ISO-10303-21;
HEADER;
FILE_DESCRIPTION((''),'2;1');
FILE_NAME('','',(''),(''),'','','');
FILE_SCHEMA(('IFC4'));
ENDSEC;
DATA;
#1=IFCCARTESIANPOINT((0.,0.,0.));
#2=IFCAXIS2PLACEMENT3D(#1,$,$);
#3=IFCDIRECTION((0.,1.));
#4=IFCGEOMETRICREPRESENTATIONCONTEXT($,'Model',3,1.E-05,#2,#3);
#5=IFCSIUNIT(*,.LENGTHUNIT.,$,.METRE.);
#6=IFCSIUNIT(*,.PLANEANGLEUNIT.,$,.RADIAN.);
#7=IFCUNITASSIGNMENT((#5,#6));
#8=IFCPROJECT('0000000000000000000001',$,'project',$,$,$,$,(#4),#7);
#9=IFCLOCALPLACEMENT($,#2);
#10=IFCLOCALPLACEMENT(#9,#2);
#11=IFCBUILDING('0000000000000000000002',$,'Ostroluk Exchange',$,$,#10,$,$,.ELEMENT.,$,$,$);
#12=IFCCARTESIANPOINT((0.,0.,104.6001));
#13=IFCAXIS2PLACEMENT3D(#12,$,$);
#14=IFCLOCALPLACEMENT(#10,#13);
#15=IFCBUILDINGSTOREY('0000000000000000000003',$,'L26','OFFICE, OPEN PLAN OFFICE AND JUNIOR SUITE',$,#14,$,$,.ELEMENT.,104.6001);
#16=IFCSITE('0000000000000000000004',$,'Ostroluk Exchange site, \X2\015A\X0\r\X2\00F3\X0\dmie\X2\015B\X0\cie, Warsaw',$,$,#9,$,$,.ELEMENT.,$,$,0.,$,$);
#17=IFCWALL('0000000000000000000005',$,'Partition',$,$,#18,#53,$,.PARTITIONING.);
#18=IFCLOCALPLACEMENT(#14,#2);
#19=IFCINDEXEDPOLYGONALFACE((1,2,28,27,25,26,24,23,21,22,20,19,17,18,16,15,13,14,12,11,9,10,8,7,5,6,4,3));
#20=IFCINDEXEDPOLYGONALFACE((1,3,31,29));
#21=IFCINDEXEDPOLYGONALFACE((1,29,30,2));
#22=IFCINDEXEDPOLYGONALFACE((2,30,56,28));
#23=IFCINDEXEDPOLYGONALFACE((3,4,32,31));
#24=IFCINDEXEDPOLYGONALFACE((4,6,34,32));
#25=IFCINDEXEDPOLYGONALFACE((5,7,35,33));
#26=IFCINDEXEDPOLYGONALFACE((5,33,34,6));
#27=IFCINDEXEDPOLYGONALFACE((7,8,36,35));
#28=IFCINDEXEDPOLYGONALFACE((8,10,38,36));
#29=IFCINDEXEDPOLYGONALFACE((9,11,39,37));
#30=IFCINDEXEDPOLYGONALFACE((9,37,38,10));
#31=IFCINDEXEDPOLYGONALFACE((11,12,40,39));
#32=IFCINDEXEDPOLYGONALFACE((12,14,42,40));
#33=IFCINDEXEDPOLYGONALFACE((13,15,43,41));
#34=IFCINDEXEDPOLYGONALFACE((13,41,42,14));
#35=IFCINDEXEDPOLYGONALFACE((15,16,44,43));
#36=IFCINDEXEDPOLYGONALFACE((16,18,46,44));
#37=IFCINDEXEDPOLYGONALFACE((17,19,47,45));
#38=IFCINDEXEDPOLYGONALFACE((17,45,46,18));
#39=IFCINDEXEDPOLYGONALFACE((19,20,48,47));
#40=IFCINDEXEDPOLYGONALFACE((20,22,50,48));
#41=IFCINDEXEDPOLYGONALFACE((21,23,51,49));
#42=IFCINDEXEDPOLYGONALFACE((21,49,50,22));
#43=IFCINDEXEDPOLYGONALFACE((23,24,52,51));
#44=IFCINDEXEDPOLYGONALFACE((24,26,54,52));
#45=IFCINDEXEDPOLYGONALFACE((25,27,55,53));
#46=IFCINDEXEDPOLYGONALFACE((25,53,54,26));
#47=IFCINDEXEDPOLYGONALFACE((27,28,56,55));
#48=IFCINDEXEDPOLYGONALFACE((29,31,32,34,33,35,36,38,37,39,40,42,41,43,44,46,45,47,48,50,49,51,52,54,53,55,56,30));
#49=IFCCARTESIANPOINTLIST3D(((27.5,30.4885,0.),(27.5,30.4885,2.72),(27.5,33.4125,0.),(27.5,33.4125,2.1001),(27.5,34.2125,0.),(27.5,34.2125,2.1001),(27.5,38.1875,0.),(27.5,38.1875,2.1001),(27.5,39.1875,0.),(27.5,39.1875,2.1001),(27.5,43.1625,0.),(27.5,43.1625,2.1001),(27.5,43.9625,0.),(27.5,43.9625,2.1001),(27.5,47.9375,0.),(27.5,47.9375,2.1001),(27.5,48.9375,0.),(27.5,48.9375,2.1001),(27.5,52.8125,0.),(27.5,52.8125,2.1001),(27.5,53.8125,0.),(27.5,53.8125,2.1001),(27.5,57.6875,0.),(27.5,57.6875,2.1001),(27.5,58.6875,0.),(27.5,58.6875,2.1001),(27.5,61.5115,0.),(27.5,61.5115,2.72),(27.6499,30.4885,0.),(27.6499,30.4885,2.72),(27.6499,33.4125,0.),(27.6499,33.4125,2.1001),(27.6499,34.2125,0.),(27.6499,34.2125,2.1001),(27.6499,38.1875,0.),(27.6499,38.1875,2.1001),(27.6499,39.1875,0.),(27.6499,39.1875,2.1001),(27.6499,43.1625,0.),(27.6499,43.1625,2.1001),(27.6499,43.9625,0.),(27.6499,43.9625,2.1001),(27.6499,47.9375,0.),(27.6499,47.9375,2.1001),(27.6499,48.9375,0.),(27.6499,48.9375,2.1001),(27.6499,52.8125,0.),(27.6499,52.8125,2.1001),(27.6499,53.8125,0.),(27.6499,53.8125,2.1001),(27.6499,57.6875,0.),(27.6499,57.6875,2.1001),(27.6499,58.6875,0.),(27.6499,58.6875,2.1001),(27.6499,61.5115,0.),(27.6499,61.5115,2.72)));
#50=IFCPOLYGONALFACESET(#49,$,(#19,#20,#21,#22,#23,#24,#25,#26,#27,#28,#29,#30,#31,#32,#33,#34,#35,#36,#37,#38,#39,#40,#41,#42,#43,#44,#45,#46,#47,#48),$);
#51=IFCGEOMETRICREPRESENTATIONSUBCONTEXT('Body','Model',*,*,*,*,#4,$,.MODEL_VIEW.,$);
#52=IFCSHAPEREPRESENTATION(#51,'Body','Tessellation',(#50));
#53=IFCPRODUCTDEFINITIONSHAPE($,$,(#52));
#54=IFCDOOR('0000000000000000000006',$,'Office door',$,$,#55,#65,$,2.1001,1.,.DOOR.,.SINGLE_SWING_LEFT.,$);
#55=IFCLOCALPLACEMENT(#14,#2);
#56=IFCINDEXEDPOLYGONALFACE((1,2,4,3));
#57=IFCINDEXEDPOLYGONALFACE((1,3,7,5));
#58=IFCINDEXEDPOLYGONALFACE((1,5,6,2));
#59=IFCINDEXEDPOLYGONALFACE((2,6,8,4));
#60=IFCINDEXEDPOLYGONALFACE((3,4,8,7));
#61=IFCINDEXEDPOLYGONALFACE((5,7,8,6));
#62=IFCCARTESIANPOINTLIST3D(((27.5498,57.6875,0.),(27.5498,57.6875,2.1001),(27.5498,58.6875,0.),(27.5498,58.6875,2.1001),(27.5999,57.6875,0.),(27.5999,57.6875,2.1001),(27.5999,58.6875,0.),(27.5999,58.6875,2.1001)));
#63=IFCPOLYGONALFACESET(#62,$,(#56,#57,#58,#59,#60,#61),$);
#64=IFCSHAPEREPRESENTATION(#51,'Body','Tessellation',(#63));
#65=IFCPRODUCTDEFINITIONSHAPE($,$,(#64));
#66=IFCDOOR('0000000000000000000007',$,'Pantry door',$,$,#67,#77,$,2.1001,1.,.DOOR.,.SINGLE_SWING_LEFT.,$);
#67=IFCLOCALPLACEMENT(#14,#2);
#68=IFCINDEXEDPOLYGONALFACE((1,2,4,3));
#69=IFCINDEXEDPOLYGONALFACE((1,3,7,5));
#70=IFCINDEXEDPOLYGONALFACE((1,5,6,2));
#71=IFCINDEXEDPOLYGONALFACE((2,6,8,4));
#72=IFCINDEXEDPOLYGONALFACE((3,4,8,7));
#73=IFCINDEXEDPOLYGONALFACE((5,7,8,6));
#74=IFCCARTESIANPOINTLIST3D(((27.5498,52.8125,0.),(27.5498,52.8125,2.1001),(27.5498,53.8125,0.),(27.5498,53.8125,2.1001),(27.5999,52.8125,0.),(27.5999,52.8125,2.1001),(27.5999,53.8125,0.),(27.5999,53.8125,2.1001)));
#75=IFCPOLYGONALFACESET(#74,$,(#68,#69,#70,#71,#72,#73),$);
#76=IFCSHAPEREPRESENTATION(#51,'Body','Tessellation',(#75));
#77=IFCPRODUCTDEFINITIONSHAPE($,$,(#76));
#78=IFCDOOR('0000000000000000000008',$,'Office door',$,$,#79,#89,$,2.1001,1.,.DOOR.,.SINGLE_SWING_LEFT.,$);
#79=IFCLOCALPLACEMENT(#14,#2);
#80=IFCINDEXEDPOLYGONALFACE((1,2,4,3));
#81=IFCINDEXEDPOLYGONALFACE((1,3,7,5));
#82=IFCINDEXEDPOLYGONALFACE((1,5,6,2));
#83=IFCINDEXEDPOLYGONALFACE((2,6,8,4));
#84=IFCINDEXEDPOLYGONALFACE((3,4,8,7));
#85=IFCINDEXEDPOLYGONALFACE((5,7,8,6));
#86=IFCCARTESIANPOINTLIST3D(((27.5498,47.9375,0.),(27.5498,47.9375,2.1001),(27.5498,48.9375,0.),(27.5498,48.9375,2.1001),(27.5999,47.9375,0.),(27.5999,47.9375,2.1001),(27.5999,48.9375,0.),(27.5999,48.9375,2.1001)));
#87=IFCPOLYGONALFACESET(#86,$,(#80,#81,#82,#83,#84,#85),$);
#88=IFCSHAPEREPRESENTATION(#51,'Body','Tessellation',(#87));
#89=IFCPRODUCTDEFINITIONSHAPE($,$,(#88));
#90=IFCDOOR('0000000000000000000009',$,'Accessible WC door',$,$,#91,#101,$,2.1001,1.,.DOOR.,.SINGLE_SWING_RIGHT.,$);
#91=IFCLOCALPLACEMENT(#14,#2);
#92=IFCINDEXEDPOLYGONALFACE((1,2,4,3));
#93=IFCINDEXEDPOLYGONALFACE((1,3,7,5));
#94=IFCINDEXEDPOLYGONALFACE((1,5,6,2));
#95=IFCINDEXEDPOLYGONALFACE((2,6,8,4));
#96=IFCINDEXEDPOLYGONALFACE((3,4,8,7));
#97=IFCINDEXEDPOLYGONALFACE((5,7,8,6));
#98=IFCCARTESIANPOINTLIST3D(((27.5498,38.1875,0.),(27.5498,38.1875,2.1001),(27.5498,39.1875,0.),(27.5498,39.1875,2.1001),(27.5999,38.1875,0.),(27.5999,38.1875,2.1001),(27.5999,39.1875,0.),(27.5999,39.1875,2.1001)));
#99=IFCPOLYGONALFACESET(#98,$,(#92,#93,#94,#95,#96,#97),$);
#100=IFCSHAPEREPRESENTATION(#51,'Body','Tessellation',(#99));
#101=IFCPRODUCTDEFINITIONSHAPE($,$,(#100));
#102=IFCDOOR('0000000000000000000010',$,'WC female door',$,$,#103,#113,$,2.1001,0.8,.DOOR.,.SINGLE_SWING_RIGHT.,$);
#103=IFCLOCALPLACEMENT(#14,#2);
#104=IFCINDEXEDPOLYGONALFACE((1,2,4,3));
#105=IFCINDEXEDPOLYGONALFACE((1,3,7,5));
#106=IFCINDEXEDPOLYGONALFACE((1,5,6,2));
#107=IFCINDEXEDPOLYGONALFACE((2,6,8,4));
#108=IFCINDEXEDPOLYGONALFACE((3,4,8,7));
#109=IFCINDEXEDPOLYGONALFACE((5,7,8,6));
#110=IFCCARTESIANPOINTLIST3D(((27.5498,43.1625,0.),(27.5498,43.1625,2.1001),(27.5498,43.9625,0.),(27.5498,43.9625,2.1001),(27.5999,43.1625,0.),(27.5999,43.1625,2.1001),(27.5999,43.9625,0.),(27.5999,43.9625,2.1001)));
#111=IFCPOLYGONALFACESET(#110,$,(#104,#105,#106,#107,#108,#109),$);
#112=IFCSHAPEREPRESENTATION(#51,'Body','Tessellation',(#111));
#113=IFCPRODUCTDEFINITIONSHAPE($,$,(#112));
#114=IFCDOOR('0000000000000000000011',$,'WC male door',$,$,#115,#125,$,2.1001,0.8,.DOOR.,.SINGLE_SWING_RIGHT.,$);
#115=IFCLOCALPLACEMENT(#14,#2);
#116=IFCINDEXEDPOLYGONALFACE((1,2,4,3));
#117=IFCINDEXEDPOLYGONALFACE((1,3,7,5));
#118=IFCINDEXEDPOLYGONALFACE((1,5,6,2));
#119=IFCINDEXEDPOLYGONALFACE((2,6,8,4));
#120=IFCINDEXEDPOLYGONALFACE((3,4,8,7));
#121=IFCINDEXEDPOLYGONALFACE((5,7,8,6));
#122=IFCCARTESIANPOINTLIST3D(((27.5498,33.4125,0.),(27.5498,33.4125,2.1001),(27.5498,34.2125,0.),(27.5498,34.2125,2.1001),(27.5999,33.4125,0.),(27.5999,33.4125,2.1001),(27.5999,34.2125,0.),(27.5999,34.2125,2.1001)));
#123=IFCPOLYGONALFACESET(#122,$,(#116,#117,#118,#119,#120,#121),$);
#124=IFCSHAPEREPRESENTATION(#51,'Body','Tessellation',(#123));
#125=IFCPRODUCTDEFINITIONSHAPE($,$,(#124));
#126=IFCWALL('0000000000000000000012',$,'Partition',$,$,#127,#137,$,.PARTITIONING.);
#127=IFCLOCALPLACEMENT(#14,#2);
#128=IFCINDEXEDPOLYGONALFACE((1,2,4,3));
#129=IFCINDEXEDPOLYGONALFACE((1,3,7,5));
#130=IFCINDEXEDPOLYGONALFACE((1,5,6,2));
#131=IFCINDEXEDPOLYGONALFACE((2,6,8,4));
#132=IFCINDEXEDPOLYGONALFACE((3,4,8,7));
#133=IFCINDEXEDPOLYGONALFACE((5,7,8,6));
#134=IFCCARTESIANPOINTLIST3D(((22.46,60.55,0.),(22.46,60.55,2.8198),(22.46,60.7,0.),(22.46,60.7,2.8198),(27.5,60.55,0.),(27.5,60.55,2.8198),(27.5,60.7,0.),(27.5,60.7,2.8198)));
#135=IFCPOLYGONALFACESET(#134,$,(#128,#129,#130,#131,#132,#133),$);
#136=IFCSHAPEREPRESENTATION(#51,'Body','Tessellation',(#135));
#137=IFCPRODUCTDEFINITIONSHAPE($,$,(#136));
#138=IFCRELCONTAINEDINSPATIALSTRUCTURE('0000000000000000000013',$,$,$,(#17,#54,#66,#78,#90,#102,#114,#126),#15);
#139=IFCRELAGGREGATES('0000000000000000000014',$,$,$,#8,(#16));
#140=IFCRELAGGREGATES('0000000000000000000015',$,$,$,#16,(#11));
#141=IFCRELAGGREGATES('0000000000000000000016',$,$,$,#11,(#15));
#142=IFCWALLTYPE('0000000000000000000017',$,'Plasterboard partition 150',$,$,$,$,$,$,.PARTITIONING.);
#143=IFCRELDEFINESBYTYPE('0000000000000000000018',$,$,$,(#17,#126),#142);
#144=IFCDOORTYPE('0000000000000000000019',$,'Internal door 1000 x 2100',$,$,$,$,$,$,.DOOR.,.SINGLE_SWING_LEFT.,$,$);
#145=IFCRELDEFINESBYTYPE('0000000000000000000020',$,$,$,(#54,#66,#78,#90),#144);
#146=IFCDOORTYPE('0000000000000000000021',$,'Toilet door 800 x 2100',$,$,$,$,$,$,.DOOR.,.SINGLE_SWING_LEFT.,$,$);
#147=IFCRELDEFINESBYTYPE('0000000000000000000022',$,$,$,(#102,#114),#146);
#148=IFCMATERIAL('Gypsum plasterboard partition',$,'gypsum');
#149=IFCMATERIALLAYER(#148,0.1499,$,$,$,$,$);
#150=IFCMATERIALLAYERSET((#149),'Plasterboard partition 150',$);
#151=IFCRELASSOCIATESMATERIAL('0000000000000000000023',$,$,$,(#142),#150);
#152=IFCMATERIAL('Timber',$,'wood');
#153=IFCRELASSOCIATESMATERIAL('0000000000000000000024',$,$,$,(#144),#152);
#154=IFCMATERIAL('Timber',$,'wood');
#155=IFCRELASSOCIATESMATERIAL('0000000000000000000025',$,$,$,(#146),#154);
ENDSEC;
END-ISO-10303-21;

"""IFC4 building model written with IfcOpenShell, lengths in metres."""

from ifc_helpers import new_model, si_unit, direction, frame, frame_2d, origin, place, context, subcontext, project, spatial, rectangle, extrude, material, layer, layer_set, type_object, element, fill, save


model = new_model("IFC4")

# Units and contexts
model_context = context("Model", 3, precision=1e-05, world=origin(), true_north=direction((0.0, 1.0)))
body_context = subcontext(model_context, "Body", "Model", "MODEL_VIEW")
ifc_project = project(units=[si_unit("LENGTHUNIT", "METRE"), si_unit("PLANEANGLEUNIT", "RADIAN")], contexts=[model_context])

# Site, building, storey
site_placement = place(None, origin())
site = spatial("IfcSite", under=ifc_project, at=site_placement, Name="Ostroluk Exchange site, Śródmieście, Warsaw", CompositionType="ELEMENT", RefElevation=0.0)
building_placement = place(site_placement, origin())
building = spatial("IfcBuilding", under=site, at=building_placement, Name="Ostroluk Exchange", CompositionType="ELEMENT")
storey_placement = place(building_placement, frame((0.0, 0.0, 104.6001)))
storey = spatial("IfcBuildingStorey", under=building, at=storey_placement, Name="L26", Description="OFFICE, OPEN PLAN OFFICE AND JUNIOR SUITE", CompositionType="ELEMENT", Elevation=104.6001)

# Wall, openings, doors
ifc_material_1 = material(Name="Gypsum plasterboard partition", Category="gypsum")
ifc_layer_1 = layer(ifc_material_1, 0.1499)
ifc_layer_set_1 = layer_set([ifc_layer_1], Name="Plasterboard partition 150")
wall_type_1 = type_object("IfcWallType", Name="Plasterboard partition 150", PredefinedType="PARTITIONING", material=ifc_layer_set_1)
wall_1_placement = place(storey_placement, frame((27.575, 61.5115, 0.0), z_axis=(0.0, 0.0, 1.0), x_axis=(0.0, -1.0, 0.0)))
wall_1 = element("IfcWall", 1, at=wall_1_placement, inside=storey, type_object=wall_type_1, Name="Partition", PredefinedType="PARTITIONING", context=body_context, shape_type="SweptSolid", body=[
    extrude(rectangle(XDim=31.0229, YDim=0.1499, at=frame_2d((15.5115, 0.0))), origin(), (0.0, 0.0, 1.0), 2.72),
])
opening_1_placement = place(wall_1_placement, frame((2.824, 0.0, 0.0)))
opening_1 = element("IfcOpeningElement", 2, at=opening_1_placement, cuts=wall_1, PredefinedType="OPENING", context=body_context, shape_type="SweptSolid", body=[
    extrude(rectangle(XDim=1.0, YDim=2.1001, at=frame_2d((0.5, 1.05))), frame((0.0, 0.085, 0.0), z_axis=(0.0, -1.0, 0.0), x_axis=(1.0, 0.0, 0.0)), (0.0, 0.0, 1.0), 0.1699),
])
opening_2_placement = place(wall_1_placement, frame((7.699, 0.0, 0.0)))
opening_2 = element("IfcOpeningElement", 3, at=opening_2_placement, cuts=wall_1, PredefinedType="OPENING", context=body_context, shape_type="SweptSolid", body=[
    extrude(rectangle(XDim=1.0, YDim=2.1001, at=frame_2d((0.5, 1.05))), frame((0.0, 0.085, 0.0), z_axis=(0.0, -1.0, 0.0), x_axis=(1.0, 0.0, 0.0)), (0.0, 0.0, 1.0), 0.1699),
])
opening_3_placement = place(wall_1_placement, frame((12.574, 0.0, 0.0)))
opening_3 = element("IfcOpeningElement", 4, at=opening_3_placement, cuts=wall_1, PredefinedType="OPENING", context=body_context, shape_type="SweptSolid", body=[
    extrude(rectangle(XDim=1.0, YDim=2.1001, at=frame_2d((0.5, 1.05))), frame((0.0, 0.085, 0.0), z_axis=(0.0, -1.0, 0.0), x_axis=(1.0, 0.0, 0.0)), (0.0, 0.0, 1.0), 0.1699),
])
opening_4_placement = place(wall_1_placement, frame((17.5491, 0.0, 0.0)))
opening_4 = element("IfcOpeningElement", 5, at=opening_4_placement, cuts=wall_1, PredefinedType="OPENING", context=body_context, shape_type="SweptSolid", body=[
    extrude(rectangle(XDim=0.8, YDim=2.1001, at=frame_2d((0.3999, 1.05))), frame((0.0, 0.085, 0.0), z_axis=(0.0, -1.0, 0.0), x_axis=(1.0, 0.0, 0.0)), (0.0, 0.0, 1.0), 0.1699),
])
opening_5_placement = place(wall_1_placement, frame((22.324, 0.0, 0.0)))
opening_5 = element("IfcOpeningElement", 6, at=opening_5_placement, cuts=wall_1, PredefinedType="OPENING", context=body_context, shape_type="SweptSolid", body=[
    extrude(rectangle(XDim=1.0, YDim=2.1001, at=frame_2d((0.5, 1.05))), frame((0.0, 0.085, 0.0), z_axis=(0.0, -1.0, 0.0), x_axis=(1.0, 0.0, 0.0)), (0.0, 0.0, 1.0), 0.1699),
])
opening_6_placement = place(wall_1_placement, frame((27.2991, 0.0, 0.0)))
opening_6 = element("IfcOpeningElement", 7, at=opening_6_placement, cuts=wall_1, PredefinedType="OPENING", context=body_context, shape_type="SweptSolid", body=[
    extrude(rectangle(XDim=0.8, YDim=2.1001, at=frame_2d((0.3999, 1.05))), frame((0.0, 0.085, 0.0), z_axis=(0.0, -1.0, 0.0), x_axis=(1.0, 0.0, 0.0)), (0.0, 0.0, 1.0), 0.1699),
])
ifc_material_2 = material(Name="Timber", Category="wood")
door_type_1 = type_object("IfcDoorType", Name="Internal door 1000 x 2100", OperationType="SINGLE_SWING_LEFT", PredefinedType="DOOR", material=ifc_material_2)
door_1_placement = place(opening_1_placement, origin())
door_1 = element("IfcDoor", 8, at=door_1_placement, inside=storey, type_object=door_type_1, Name="Office door", OperationType="SINGLE_SWING_LEFT", OverallHeight=2.1001, OverallWidth=1.0, PredefinedType="DOOR", context=body_context, shape_type="SweptSolid", body=[
    extrude(rectangle(XDim=1.0, YDim=2.1001, at=frame_2d((0.5, 1.05))), frame((0.0, 0.0249, 0.0), z_axis=(0.0, -1.0, 0.0), x_axis=(1.0, 0.0, 0.0)), (0.0, 0.0, 1.0), 0.05),
])
fill(opening_1, door_1)
door_2_placement = place(opening_2_placement, origin())
door_2 = element("IfcDoor", 9, at=door_2_placement, inside=storey, type_object=door_type_1, Name="Pantry door", OperationType="SINGLE_SWING_LEFT", OverallHeight=2.1001, OverallWidth=1.0, PredefinedType="DOOR", context=body_context, shape_type="SweptSolid", body=[
    extrude(rectangle(XDim=1.0, YDim=2.1001, at=frame_2d((0.5, 1.05))), frame((0.0, 0.0249, 0.0), z_axis=(0.0, -1.0, 0.0), x_axis=(1.0, 0.0, 0.0)), (0.0, 0.0, 1.0), 0.05),
])
fill(opening_2, door_2)
door_3_placement = place(opening_3_placement, origin())
door_3 = element("IfcDoor", 10, at=door_3_placement, inside=storey, type_object=door_type_1, Name="Office door", OperationType="SINGLE_SWING_LEFT", OverallHeight=2.1001, OverallWidth=1.0, PredefinedType="DOOR", context=body_context, shape_type="SweptSolid", body=[
    extrude(rectangle(XDim=1.0, YDim=2.1001, at=frame_2d((0.5, 1.05))), frame((0.0, 0.0249, 0.0), z_axis=(0.0, -1.0, 0.0), x_axis=(1.0, 0.0, 0.0)), (0.0, 0.0, 1.0), 0.05),
])
fill(opening_3, door_3)
door_4_placement = place(opening_5_placement, origin())
door_4 = element("IfcDoor", 11, at=door_4_placement, inside=storey, type_object=door_type_1, Name="Accessible WC door", OperationType="SINGLE_SWING_RIGHT", OverallHeight=2.1001, OverallWidth=1.0, PredefinedType="DOOR", context=body_context, shape_type="SweptSolid", body=[
    extrude(rectangle(XDim=1.0, YDim=2.1001, at=frame_2d((0.5, 1.05))), frame((0.0, 0.0249, 0.0), z_axis=(0.0, -1.0, 0.0), x_axis=(1.0, 0.0, 0.0)), (0.0, 0.0, 1.0), 0.05),
])
fill(opening_5, door_4)
ifc_material_3 = material(Name="Timber", Category="wood")
door_type_2 = type_object("IfcDoorType", Name="Toilet door 800 x 2100", OperationType="SINGLE_SWING_LEFT", PredefinedType="DOOR", material=ifc_material_3)
door_5_placement = place(opening_4_placement, origin())
door_5 = element("IfcDoor", 12, at=door_5_placement, inside=storey, type_object=door_type_2, Name="WC female door", OperationType="SINGLE_SWING_RIGHT", OverallHeight=2.1001, OverallWidth=0.8, PredefinedType="DOOR", context=body_context, shape_type="SweptSolid", body=[
    extrude(rectangle(XDim=0.8, YDim=2.1001, at=frame_2d((0.3999, 1.05))), frame((0.0, 0.0249, 0.0), z_axis=(0.0, -1.0, 0.0), x_axis=(1.0, 0.0, 0.0)), (0.0, 0.0, 1.0), 0.05),
])
fill(opening_4, door_5)
door_6_placement = place(opening_6_placement, origin())
door_6 = element("IfcDoor", 13, at=door_6_placement, inside=storey, type_object=door_type_2, Name="WC male door", OperationType="SINGLE_SWING_RIGHT", OverallHeight=2.1001, OverallWidth=0.8, PredefinedType="DOOR", context=body_context, shape_type="SweptSolid", body=[
    extrude(rectangle(XDim=0.8, YDim=2.1001, at=frame_2d((0.3999, 1.05))), frame((0.0, 0.0249, 0.0), z_axis=(0.0, -1.0, 0.0), x_axis=(1.0, 0.0, 0.0)), (0.0, 0.0, 1.0), 0.05),
])
fill(opening_6, door_6)

# Wall
wall_2_placement = place(storey_placement, frame((27.5, 60.625, 0.0), z_axis=(0.0, 0.0, 1.0), x_axis=(-1.0, 0.0, 0.0)))
element("IfcWall", 14, at=wall_2_placement, inside=storey, type_object=wall_type_1, Name="Partition", PredefinedType="PARTITIONING", context=body_context, shape_type="SweptSolid", body=[
    extrude(rectangle(XDim=5.04, YDim=0.1499, at=frame_2d((2.52, 0.0))), origin(), (0.0, 0.0, 1.0), 2.8198),
])

save(model, "model.ifc")
